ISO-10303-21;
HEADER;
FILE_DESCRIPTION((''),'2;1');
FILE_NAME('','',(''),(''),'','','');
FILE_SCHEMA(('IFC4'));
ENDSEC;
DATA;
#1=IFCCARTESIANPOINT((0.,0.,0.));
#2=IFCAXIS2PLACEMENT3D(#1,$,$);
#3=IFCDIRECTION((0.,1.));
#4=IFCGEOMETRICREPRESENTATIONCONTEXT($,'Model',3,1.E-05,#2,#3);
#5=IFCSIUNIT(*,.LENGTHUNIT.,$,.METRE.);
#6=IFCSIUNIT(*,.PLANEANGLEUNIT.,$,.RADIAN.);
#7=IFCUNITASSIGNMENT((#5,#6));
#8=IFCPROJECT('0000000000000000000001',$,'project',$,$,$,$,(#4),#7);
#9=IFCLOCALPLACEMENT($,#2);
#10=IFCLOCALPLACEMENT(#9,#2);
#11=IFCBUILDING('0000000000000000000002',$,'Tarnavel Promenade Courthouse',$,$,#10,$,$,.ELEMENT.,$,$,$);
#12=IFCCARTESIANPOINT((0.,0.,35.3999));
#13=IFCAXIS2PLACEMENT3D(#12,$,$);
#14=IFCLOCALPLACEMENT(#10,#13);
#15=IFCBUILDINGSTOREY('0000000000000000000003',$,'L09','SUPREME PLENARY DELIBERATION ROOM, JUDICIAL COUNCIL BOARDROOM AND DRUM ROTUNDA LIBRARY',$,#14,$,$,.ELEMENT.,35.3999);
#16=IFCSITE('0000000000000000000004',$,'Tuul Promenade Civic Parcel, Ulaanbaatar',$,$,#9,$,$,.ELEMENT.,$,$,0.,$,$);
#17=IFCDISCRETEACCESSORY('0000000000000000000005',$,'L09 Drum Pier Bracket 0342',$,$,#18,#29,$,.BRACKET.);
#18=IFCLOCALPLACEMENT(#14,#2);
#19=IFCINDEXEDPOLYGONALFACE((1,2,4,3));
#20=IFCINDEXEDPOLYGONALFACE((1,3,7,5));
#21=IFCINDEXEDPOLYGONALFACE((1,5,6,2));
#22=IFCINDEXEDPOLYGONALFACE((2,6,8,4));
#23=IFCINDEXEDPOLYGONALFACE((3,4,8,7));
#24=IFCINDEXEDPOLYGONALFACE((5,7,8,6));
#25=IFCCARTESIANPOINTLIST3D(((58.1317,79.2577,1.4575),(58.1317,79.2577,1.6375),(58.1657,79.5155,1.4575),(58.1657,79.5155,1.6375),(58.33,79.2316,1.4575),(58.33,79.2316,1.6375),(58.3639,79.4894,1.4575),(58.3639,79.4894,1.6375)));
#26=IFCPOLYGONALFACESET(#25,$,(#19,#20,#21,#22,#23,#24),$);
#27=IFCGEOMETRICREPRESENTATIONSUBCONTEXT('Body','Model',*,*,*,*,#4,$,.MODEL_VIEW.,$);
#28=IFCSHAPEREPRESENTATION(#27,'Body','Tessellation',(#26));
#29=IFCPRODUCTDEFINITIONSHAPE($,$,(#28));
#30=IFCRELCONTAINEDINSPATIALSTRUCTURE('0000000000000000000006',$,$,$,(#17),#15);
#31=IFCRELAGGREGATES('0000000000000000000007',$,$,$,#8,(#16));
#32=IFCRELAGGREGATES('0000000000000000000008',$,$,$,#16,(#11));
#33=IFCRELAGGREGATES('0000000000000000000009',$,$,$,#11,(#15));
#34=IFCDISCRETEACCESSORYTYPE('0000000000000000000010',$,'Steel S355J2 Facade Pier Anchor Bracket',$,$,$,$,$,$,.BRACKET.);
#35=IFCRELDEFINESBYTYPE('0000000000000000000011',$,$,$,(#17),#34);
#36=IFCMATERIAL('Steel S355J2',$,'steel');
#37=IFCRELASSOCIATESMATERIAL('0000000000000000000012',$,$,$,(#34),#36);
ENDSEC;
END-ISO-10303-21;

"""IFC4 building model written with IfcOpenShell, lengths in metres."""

from ifc_helpers import new_model, si_unit, direction, frame, origin, origin_2d, place, context, subcontext, project, spatial, rectangle, extrude, material, type_object, element, save


model = new_model("IFC4")

# Units and contexts
model_context = context("Model", 3, precision=1e-05, world=origin(), true_north=direction((0.0, 1.0)))
body_context = subcontext(model_context, "Body", "Model", "MODEL_VIEW")
ifc_project = project(units=[si_unit("LENGTHUNIT", "METRE"), si_unit("PLANEANGLEUNIT", "RADIAN")], contexts=[model_context])

# Site, building, storey
site_placement = place(None, origin())
site = spatial("IfcSite", under=ifc_project, at=site_placement, Name="Tuul Promenade Civic Parcel, Ulaanbaatar", CompositionType="ELEMENT", RefElevation=0.0)
building_placement = place(site_placement, origin())
building = spatial("IfcBuilding", under=site, at=building_placement, Name="Tarnavel Promenade Courthouse", CompositionType="ELEMENT")
storey_placement = place(building_placement, frame((0.0, 0.0, 35.3999)))
storey = spatial("IfcBuildingStorey", under=building, at=storey_placement, Name="L09", Description="SUPREME PLENARY DELIBERATION ROOM, JUDICIAL COUNCIL BOARDROOM AND DRUM ROTUNDA LIBRARY", CompositionType="ELEMENT", Elevation=35.3999)

# Shared definitions
ifc_material_1 = material(Name="Steel S355J2", Category="steel")

# Discrete accessory
discrete_accessory_type = type_object("IfcDiscreteAccessoryType", Name="Steel S355J2 Facade Pier Anchor Bracket", PredefinedType="BRACKET", material=ifc_material_1)
for number, where, z_axis, x_axis, name in (
    (1, (58.2478, 79.3735, 1.4575), (0.0, 0.0, 1.0), (0.991445, -0.130526, 0.0), "L09 Drum Pier Bracket 0342"),
):
    element("IfcDiscreteAccessory", number, at=place(storey_placement, frame(where, z_axis=z_axis, x_axis=x_axis)), inside=storey, type_object=discrete_accessory_type, Name=name, PredefinedType="BRACKET", context=body_context, shape_type="SweptSolid", body=[
        extrude(rectangle(XDim=0.2, YDim=0.26, at=origin_2d()), origin(), (0.0, 0.0, 1.0), 0.1799),
    ])

save(model, "model.ifc")
